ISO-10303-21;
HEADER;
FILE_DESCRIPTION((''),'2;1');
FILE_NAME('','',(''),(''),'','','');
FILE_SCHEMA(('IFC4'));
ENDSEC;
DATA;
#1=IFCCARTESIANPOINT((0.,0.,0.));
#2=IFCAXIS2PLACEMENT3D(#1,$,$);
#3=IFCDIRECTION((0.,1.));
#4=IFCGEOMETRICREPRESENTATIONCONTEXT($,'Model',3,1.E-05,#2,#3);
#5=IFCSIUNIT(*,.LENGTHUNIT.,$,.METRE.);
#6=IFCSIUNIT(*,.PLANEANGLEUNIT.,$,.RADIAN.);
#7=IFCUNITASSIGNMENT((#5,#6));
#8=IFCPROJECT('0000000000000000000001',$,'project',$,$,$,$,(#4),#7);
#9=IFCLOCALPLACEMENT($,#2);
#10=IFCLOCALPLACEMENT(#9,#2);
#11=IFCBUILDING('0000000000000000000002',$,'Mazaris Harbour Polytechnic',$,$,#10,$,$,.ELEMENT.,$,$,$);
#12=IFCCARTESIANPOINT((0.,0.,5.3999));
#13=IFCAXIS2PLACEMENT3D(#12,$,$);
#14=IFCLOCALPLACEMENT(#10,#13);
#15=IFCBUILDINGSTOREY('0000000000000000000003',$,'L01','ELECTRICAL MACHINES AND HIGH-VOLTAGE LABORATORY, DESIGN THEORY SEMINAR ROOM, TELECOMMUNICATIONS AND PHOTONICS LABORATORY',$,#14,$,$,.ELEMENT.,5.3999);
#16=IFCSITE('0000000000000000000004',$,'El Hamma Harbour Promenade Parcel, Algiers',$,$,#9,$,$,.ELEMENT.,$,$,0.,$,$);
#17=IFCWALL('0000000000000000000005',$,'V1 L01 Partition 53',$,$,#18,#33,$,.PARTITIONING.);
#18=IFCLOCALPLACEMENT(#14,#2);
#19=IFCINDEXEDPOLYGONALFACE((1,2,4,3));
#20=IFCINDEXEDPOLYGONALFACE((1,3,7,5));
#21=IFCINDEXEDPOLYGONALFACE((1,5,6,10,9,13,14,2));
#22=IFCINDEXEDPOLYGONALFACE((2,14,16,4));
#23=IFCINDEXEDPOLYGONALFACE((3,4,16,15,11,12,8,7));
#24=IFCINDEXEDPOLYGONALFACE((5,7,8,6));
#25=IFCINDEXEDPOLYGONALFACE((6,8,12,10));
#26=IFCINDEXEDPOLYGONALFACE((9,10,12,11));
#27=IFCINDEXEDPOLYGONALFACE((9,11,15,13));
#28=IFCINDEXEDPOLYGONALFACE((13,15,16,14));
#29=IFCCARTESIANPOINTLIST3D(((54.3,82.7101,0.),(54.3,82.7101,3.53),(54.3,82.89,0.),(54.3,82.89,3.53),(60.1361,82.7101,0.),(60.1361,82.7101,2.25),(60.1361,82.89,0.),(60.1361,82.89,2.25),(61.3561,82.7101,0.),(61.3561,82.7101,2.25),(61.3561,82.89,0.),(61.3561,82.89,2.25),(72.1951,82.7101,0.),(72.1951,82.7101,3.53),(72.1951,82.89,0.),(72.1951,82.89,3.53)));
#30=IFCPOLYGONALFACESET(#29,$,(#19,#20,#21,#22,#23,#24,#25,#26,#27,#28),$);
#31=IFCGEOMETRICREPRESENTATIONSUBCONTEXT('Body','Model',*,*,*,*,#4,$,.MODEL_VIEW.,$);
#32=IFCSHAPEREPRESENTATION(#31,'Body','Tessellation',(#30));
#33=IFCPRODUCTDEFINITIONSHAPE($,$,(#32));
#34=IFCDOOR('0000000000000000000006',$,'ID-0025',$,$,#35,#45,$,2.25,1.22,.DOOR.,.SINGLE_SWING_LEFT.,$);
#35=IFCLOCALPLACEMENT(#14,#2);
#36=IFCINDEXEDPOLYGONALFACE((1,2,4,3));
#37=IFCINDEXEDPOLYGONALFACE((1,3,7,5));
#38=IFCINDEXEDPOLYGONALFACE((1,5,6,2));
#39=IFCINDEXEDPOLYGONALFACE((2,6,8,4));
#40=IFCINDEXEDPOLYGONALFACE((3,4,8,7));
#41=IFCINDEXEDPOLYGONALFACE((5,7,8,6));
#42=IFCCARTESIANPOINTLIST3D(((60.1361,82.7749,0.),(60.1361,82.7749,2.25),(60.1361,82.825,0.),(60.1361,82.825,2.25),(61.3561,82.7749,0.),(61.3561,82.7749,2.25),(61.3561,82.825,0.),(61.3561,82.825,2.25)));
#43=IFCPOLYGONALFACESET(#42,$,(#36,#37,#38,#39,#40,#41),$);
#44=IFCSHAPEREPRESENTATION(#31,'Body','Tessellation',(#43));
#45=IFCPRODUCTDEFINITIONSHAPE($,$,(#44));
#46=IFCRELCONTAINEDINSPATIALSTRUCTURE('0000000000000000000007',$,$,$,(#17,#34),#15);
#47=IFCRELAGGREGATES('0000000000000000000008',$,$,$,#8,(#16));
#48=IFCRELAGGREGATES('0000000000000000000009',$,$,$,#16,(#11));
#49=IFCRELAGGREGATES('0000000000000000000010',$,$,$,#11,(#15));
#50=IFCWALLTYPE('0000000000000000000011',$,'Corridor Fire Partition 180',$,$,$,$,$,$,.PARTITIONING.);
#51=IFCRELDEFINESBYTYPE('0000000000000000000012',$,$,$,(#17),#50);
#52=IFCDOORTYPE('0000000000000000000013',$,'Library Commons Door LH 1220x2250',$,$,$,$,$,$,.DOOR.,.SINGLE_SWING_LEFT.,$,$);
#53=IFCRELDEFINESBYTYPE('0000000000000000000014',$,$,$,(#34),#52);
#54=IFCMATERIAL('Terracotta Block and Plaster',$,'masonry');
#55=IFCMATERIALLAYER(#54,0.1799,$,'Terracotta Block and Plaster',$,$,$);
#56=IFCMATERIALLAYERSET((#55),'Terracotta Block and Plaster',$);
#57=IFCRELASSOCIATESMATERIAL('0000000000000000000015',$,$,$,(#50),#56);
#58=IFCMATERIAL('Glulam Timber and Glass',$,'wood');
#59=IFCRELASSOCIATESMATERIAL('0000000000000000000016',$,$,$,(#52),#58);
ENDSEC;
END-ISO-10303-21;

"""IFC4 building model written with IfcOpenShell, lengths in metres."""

from ifc_helpers import new_model, si_unit, direction, frame, frame_2d, origin, place, context, subcontext, project, spatial, rectangle, extrude, material, layer, layer_set, type_object, element, fill, save


model = new_model("IFC4")

# Units and contexts
model_context = context("Model", 3, precision=1e-05, world=origin(), true_north=direction((0.0, 1.0)))
body_context = subcontext(model_context, "Body", "Model", "MODEL_VIEW")
ifc_project = project(units=[si_unit("LENGTHUNIT", "METRE"), si_unit("PLANEANGLEUNIT", "RADIAN")], contexts=[model_context])

# Site, building, storey
site_placement = place(None, origin())
site = spatial("IfcSite", under=ifc_project, at=site_placement, Name="El Hamma Harbour Promenade Parcel, Algiers", CompositionType="ELEMENT", RefElevation=0.0)
building_placement = place(site_placement, origin())
building = spatial("IfcBuilding", under=site, at=building_placement, Name="Mazaris Harbour Polytechnic", CompositionType="ELEMENT")
storey_placement = place(building_placement, frame((0.0, 0.0, 5.3999)))
storey = spatial("IfcBuildingStorey", under=building, at=storey_placement, Name="L01", Description="ELECTRICAL MACHINES AND HIGH-VOLTAGE LABORATORY, DESIGN THEORY SEMINAR ROOM, TELECOMMUNICATIONS AND PHOTONICS LABORATORY", CompositionType="ELEMENT", Elevation=5.3999)

# Wall, opening, door
ifc_material_1 = material(Name="Terracotta Block and Plaster", Category="masonry")
ifc_layer_1 = layer(ifc_material_1, 0.1799, Name="Terracotta Block and Plaster")
ifc_layer_set_1 = layer_set([ifc_layer_1], Name="Terracotta Block and Plaster")
wall_type = type_object("IfcWallType", Name="Corridor Fire Partition 180", PredefinedType="PARTITIONING", material=ifc_layer_set_1)
wall_placement = place(storey_placement, frame((54.3, 82.8, 0.0), z_axis=(0.0, 0.0, 1.0), x_axis=(1.0, 0.0, 0.0)))
wall = element("IfcWall", 1, at=wall_placement, inside=storey, type_object=wall_type, Name="V1 L01 Partition 53", PredefinedType="PARTITIONING", context=body_context, shape_type="SweptSolid", body=[
    extrude(rectangle(XDim=17.895, YDim=0.1799, at=frame_2d((8.9475, 0.0))), origin(), (0.0, 0.0, 1.0), 3.53),
])
opening_placement = place(wall_placement, frame((5.8362, 0.0, 0.0)))
opening = element("IfcOpeningElement", 2, at=opening_placement, cuts=wall, PredefinedType="OPENING", context=body_context, shape_type="SweptSolid", body=[
    extrude(rectangle(XDim=1.22, YDim=2.25, at=frame_2d((0.6099, 1.125))), frame((0.0, 0.0999, 0.0), z_axis=(0.0, -1.0, 0.0), x_axis=(1.0, 0.0, 0.0)), (0.0, 0.0, 1.0), 0.2),
])
ifc_material_2 = material(Name="Glulam Timber and Glass", Category="wood")
door_type = type_object("IfcDoorType", Name="Library Commons Door LH 1220x2250", OperationType="SINGLE_SWING_LEFT", PredefinedType="DOOR", material=ifc_material_2)
door_placement = place(opening_placement, origin())
door = element("IfcDoor", 3, at=door_placement, inside=storey, type_object=door_type, Name="ID-0025", OperationType="SINGLE_SWING_LEFT", OverallHeight=2.25, OverallWidth=1.22, PredefinedType="DOOR", context=body_context, shape_type="SweptSolid", body=[
    extrude(rectangle(XDim=1.22, YDim=2.25, at=frame_2d((0.6099, 1.125))), frame((0.0, 0.0249, 0.0), z_axis=(0.0, -1.0, 0.0), x_axis=(1.0, 0.0, 0.0)), (0.0, 0.0, 1.0), 0.05),
])
fill(opening, door)

save(model, "model.ifc")
